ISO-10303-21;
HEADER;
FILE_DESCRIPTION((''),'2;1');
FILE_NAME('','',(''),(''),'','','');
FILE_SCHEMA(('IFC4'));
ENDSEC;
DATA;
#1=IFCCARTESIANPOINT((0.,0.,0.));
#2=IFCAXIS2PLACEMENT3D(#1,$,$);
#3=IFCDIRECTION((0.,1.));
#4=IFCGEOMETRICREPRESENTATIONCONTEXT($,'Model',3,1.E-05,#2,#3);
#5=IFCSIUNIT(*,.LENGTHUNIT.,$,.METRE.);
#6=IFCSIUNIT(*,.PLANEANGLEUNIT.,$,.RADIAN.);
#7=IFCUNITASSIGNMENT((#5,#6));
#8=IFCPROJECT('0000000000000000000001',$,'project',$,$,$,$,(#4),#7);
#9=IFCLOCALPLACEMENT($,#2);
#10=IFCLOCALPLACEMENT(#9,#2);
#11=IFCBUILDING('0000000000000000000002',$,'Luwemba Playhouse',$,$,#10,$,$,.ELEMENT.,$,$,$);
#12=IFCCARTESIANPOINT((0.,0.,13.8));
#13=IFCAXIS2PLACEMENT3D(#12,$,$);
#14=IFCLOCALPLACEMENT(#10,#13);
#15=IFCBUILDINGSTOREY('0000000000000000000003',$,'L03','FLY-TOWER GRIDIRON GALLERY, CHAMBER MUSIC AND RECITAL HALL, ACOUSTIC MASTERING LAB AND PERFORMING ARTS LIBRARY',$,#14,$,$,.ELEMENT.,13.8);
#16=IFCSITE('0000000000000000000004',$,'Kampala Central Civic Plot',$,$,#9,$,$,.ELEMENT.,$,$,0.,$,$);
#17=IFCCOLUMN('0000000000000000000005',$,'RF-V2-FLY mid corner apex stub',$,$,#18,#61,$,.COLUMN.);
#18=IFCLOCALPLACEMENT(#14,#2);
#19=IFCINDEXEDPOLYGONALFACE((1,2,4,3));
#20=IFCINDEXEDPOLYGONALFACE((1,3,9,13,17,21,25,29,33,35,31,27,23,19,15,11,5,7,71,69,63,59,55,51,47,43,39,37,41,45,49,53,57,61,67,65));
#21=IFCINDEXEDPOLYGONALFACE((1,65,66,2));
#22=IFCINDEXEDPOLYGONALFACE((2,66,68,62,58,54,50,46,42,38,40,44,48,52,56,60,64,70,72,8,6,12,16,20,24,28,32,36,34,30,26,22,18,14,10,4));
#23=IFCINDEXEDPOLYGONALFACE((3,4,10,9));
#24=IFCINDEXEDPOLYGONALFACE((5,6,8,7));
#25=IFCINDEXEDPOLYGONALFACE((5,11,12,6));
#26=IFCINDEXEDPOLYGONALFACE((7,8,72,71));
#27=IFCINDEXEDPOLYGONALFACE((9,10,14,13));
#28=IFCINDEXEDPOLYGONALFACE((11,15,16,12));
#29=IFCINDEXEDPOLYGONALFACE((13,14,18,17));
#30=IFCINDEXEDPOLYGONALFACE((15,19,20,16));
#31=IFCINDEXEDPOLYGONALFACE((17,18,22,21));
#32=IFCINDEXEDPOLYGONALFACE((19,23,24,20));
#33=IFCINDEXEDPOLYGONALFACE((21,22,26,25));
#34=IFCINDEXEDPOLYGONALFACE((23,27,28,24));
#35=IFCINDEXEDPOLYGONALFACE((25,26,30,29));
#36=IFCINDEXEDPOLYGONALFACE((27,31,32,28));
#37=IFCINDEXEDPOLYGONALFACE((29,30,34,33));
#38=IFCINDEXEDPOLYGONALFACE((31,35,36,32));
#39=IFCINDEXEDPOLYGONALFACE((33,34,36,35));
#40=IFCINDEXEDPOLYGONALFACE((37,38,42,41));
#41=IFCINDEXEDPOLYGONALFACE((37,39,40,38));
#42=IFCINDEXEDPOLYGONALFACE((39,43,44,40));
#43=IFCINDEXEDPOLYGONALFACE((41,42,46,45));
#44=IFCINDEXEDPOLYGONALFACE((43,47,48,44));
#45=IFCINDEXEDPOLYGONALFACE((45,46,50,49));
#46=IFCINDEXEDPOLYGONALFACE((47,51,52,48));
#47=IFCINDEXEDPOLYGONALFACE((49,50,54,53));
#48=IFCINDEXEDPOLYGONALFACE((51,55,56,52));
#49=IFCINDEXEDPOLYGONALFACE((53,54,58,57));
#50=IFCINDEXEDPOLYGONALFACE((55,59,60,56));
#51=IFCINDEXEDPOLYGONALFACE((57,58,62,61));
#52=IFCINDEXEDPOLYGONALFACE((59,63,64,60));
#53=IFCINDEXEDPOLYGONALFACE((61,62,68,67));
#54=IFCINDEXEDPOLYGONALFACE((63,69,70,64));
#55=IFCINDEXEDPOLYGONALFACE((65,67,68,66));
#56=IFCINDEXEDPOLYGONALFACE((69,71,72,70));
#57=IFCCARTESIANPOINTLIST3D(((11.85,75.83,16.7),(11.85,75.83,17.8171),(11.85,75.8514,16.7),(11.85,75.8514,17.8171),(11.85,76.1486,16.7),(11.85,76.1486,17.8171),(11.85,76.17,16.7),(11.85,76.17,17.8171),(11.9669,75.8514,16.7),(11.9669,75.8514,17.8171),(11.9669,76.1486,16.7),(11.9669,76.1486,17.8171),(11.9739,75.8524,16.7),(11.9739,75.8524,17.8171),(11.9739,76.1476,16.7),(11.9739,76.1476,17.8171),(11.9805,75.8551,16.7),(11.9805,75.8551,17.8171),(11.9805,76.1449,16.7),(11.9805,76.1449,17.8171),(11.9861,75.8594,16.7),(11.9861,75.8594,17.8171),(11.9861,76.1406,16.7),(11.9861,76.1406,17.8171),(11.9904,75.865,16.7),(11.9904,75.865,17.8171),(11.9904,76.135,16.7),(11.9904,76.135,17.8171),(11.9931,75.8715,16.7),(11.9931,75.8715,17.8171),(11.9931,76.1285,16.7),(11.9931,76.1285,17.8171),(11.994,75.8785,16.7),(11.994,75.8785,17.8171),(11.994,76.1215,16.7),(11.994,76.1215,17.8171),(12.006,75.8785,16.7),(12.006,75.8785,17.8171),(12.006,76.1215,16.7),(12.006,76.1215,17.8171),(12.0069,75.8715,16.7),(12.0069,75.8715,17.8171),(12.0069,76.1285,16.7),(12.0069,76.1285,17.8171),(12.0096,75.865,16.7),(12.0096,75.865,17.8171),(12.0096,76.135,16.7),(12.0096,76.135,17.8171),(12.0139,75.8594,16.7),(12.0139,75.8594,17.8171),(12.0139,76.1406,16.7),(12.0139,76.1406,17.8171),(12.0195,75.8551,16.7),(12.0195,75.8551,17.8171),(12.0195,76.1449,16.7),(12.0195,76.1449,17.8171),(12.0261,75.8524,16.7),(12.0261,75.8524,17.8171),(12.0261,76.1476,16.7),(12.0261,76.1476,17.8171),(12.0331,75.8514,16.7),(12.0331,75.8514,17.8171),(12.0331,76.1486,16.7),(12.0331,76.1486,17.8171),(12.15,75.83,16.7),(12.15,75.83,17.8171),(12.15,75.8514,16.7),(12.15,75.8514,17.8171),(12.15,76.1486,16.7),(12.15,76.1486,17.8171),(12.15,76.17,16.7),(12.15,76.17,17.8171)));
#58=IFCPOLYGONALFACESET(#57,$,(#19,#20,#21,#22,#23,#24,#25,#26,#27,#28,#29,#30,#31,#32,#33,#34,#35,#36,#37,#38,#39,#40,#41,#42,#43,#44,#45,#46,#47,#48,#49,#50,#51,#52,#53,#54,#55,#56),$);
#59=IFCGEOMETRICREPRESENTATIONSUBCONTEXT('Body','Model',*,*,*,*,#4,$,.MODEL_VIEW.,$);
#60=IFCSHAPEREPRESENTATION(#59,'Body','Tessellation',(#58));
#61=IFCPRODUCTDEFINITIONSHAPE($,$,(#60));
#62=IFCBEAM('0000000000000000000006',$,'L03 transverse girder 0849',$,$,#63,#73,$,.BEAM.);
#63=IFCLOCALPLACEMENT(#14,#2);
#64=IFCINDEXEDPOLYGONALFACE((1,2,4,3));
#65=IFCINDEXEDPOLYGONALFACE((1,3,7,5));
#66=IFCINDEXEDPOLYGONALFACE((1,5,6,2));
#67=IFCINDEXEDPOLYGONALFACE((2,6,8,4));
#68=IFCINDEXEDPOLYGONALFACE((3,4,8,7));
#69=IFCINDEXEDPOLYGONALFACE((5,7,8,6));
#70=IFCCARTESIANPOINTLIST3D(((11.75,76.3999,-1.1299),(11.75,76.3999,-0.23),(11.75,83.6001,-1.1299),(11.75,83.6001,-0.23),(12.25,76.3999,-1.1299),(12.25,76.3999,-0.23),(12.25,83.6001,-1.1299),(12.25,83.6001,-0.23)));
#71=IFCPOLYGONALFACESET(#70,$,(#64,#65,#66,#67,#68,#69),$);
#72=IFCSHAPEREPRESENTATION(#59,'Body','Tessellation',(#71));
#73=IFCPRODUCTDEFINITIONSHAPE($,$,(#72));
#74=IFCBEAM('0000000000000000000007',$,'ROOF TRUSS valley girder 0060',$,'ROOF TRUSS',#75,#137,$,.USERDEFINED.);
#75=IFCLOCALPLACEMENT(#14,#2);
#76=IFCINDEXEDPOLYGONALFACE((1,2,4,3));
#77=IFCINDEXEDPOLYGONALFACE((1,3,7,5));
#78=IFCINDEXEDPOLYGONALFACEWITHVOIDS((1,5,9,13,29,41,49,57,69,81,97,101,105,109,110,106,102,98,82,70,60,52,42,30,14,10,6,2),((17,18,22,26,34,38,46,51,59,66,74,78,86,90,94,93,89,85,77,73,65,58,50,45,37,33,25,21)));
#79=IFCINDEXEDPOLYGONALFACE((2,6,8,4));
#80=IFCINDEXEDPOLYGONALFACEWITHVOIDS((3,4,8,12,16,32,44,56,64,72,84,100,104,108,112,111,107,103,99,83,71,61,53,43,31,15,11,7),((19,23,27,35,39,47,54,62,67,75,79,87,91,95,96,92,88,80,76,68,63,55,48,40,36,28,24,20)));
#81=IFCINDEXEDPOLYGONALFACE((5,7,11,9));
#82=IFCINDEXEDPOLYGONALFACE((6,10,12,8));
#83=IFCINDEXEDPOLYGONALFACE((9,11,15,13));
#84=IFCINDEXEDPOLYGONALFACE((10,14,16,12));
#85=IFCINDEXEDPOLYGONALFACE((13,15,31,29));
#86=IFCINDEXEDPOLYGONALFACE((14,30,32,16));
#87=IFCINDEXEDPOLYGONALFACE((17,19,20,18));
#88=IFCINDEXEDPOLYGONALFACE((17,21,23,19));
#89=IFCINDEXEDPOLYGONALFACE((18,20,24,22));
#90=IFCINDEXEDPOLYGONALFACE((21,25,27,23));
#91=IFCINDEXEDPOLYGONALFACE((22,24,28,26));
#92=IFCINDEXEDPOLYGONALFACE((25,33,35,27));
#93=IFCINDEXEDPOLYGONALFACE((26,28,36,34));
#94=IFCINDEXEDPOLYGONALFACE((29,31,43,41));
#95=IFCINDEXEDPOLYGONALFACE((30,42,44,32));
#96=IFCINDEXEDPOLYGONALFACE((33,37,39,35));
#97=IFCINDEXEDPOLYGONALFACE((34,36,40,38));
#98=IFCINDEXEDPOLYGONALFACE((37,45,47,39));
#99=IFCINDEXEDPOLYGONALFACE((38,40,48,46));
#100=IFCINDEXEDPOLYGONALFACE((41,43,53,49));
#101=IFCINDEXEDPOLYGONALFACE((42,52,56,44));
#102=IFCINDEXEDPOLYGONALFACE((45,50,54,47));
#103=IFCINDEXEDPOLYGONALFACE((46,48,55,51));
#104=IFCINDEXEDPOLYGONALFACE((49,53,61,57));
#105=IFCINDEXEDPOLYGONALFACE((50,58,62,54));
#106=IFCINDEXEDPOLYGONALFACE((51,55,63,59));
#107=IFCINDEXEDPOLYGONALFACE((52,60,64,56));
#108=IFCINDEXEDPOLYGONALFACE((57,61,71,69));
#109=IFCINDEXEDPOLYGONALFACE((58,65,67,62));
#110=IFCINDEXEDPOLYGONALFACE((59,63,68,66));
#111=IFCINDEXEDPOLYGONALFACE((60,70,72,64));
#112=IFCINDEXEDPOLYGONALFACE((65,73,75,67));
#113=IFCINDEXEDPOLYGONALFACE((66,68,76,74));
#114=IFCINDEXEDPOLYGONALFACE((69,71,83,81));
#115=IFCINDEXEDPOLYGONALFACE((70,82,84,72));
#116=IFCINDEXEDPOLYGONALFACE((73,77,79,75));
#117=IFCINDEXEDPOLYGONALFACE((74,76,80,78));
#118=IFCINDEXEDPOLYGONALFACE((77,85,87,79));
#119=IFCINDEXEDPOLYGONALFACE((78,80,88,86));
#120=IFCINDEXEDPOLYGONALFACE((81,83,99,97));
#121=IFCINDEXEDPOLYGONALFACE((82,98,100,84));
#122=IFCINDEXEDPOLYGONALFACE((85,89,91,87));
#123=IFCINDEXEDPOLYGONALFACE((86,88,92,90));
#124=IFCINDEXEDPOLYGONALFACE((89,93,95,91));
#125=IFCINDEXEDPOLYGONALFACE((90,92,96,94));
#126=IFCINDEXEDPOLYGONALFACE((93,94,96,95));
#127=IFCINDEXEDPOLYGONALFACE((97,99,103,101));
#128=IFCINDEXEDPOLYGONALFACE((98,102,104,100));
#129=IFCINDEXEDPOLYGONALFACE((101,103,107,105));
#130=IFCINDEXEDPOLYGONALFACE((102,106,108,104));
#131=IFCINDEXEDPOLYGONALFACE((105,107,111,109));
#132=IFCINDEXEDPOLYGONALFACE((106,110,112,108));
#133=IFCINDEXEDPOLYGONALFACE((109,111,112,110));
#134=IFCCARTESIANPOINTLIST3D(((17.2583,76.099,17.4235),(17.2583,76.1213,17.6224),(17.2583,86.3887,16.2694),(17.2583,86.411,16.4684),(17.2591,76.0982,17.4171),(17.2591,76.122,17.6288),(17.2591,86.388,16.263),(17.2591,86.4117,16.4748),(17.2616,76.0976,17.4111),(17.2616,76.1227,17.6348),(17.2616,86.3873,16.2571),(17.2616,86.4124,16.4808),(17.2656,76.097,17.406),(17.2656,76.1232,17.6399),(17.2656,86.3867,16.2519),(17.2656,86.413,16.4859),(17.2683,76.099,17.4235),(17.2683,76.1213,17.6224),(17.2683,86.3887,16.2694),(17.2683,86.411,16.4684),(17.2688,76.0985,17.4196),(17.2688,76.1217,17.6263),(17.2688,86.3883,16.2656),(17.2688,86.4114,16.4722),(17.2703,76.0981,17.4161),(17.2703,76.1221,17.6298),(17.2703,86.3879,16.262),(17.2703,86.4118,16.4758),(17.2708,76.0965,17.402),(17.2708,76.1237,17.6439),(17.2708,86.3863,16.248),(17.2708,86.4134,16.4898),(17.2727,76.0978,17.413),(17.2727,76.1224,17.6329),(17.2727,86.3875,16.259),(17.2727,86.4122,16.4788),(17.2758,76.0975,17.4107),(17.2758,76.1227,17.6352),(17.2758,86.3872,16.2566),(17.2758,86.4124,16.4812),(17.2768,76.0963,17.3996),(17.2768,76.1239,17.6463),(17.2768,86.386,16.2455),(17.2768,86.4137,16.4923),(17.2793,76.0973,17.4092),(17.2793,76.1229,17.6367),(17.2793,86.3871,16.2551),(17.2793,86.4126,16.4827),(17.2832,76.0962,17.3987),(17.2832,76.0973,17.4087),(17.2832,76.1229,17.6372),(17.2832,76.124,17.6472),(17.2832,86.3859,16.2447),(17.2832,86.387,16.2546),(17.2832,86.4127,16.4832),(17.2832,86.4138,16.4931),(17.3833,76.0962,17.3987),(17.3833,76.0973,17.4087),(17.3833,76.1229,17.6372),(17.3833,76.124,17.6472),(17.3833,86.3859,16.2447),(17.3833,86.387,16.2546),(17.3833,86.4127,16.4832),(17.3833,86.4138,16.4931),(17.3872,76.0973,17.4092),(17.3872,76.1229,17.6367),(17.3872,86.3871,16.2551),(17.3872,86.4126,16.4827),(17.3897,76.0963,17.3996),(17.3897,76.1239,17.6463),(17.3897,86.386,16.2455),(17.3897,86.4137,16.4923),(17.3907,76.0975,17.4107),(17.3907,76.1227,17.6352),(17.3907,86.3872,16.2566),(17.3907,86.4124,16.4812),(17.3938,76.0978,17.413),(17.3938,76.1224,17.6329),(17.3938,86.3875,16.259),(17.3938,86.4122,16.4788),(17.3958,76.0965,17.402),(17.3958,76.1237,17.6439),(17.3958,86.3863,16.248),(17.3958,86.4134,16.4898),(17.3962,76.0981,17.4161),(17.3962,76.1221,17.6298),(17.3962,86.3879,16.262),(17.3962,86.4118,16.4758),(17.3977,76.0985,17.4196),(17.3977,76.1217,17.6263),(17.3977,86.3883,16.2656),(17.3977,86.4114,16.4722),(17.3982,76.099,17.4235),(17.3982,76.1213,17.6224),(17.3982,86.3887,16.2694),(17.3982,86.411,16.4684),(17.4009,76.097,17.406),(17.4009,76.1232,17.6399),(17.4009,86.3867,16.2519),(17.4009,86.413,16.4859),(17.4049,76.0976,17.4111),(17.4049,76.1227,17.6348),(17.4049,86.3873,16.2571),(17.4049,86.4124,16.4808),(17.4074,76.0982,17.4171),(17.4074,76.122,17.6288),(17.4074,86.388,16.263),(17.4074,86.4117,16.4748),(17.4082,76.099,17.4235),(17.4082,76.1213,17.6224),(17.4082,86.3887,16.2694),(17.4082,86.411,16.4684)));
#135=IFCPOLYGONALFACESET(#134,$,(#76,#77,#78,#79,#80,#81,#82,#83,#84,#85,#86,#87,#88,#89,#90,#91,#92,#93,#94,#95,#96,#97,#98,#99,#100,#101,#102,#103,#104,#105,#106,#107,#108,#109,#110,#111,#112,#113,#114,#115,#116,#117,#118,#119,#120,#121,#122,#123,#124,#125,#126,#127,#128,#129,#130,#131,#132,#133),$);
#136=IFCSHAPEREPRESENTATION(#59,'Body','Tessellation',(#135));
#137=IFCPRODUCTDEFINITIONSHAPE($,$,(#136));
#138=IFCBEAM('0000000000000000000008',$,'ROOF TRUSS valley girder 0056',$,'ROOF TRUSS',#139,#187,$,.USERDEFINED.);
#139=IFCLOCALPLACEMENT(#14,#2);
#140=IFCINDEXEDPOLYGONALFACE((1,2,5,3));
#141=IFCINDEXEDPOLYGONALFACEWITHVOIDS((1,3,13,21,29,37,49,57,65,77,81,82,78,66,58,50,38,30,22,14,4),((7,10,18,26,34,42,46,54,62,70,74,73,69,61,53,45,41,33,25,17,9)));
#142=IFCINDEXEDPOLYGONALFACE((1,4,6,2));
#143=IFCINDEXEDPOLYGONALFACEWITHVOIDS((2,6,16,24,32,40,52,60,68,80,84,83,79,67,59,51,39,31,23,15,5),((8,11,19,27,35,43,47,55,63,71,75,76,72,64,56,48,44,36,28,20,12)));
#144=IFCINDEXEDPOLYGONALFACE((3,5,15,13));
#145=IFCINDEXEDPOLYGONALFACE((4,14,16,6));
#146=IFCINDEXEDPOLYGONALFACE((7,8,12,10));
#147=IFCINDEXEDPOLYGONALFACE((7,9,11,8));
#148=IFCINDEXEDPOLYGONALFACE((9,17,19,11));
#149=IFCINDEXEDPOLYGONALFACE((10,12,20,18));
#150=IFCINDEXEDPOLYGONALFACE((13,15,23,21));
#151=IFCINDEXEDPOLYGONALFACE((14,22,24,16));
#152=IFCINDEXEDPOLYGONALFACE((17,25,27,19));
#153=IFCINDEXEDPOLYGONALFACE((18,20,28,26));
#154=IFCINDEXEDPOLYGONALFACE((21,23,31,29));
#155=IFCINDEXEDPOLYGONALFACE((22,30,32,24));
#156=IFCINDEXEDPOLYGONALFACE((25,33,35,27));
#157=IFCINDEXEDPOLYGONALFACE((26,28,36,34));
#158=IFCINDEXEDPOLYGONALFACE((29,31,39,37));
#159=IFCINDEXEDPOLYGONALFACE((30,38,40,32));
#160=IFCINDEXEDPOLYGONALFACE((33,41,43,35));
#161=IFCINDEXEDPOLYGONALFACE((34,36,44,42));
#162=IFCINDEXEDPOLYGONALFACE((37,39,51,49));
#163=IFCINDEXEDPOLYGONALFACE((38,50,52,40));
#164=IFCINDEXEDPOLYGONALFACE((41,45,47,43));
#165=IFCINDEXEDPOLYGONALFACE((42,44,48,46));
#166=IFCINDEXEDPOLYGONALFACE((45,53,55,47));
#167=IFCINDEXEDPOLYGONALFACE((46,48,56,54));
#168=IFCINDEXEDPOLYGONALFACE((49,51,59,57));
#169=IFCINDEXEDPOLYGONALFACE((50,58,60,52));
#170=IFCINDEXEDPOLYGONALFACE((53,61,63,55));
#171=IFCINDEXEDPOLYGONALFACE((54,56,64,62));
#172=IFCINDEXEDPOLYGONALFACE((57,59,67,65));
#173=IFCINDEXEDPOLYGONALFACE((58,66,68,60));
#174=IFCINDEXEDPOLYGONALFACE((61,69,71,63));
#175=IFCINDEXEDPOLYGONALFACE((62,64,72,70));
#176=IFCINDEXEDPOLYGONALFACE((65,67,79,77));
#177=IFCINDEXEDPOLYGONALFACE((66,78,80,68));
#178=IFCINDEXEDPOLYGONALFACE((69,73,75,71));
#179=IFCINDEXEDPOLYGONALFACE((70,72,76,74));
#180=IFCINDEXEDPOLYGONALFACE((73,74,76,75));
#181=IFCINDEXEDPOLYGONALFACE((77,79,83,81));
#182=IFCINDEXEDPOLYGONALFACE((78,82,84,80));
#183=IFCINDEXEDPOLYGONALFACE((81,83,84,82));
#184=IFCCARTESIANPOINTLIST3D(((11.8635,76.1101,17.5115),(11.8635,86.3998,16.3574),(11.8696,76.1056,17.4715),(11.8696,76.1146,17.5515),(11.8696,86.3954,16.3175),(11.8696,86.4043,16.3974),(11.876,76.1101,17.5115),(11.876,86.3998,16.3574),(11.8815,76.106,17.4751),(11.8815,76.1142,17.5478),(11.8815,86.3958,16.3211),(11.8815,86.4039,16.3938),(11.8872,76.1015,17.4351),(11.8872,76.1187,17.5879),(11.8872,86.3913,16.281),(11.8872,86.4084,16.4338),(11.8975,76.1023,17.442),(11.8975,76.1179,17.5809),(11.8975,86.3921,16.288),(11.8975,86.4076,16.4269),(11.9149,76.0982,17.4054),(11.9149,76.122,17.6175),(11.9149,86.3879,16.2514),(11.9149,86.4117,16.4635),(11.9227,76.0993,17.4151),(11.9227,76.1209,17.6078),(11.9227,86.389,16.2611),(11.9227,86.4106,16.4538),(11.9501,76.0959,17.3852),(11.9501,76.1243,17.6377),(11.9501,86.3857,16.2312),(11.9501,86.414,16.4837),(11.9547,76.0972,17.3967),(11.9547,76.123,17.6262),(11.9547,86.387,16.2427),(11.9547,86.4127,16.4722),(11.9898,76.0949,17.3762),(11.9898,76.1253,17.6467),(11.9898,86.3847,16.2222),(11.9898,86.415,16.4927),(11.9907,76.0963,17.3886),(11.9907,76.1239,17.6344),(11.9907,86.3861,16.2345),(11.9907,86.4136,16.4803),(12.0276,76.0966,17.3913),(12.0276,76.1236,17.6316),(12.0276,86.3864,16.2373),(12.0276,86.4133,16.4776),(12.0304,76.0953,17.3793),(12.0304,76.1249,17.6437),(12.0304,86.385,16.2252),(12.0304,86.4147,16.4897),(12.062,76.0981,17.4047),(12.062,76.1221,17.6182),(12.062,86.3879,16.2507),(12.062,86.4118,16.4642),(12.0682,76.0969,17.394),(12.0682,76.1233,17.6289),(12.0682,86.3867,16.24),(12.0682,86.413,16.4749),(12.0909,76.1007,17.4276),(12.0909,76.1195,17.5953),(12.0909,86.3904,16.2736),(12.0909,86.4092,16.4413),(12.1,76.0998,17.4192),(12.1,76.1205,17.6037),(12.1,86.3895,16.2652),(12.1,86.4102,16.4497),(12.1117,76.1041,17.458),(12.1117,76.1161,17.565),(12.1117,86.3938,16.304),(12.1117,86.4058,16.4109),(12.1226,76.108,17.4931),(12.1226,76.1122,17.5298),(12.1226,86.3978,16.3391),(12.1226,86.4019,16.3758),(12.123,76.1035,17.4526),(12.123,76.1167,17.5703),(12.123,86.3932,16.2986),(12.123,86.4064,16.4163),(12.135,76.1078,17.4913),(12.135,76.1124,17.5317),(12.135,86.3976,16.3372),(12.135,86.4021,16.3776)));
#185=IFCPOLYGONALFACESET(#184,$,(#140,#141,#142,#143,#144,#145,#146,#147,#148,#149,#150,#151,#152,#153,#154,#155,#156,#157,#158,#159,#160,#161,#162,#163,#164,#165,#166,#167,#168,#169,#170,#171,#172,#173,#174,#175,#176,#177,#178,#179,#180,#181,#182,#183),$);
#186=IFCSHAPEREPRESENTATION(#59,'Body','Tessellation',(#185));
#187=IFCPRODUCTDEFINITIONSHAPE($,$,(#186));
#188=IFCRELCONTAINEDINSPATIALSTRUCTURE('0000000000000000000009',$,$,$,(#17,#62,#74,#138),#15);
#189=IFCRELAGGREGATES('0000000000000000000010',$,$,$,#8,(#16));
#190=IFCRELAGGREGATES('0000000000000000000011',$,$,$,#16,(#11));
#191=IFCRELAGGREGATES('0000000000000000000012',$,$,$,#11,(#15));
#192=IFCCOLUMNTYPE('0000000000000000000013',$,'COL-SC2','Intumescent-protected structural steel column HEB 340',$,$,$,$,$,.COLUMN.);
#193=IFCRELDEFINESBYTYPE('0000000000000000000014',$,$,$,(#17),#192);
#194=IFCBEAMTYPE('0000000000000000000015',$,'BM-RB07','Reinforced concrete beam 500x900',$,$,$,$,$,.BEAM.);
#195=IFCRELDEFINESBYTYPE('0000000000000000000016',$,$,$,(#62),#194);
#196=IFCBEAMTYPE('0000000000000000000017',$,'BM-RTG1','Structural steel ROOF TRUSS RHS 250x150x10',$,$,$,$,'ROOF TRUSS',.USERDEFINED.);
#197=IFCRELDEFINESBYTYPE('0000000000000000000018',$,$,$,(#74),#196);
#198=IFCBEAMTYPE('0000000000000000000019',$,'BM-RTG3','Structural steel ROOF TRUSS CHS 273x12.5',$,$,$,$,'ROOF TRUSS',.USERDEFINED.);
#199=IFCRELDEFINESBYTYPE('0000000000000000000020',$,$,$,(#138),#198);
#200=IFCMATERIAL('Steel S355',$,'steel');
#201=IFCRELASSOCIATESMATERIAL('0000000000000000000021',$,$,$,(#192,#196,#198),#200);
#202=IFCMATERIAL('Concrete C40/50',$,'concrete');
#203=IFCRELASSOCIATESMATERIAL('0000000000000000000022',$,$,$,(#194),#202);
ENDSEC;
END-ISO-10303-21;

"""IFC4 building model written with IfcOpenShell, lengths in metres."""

from ifc_helpers import new_model, si_unit, direction, frame, origin, origin_2d, place, context, subcontext, project, spatial, rectangle, hollow_rectangle, hollow_circle, i_section, extrude, material, material_profile, profile_set, type_object, element, save


model = new_model("IFC4")

# Units and contexts
model_context = context("Model", 3, precision=1e-05, world=origin(), true_north=direction((0.0, 1.0)))
body_context = subcontext(model_context, "Body", "Model", "MODEL_VIEW")
ifc_project = project(units=[si_unit("LENGTHUNIT", "METRE"), si_unit("PLANEANGLEUNIT", "RADIAN")], contexts=[model_context])

# Site, building, storey
site_placement = place(None, origin())
site = spatial("IfcSite", under=ifc_project, at=site_placement, Name="Kampala Central Civic Plot", CompositionType="ELEMENT", RefElevation=0.0)
building_placement = place(site_placement, origin())
building = spatial("IfcBuilding", under=site, at=building_placement, Name="Luwemba Playhouse", CompositionType="ELEMENT")
storey_placement = place(building_placement, frame((0.0, 0.0, 13.8)))
storey = spatial("IfcBuildingStorey", under=building, at=storey_placement, Name="L03", Description="FLY-TOWER GRIDIRON GALLERY, CHAMBER MUSIC AND RECITAL HALL, ACOUSTIC MASTERING LAB AND PERFORMING ARTS LIBRARY", CompositionType="ELEMENT", Elevation=13.8)

# Column
ifc_material_1 = material(Name="Steel S355", Category="steel")
ifc_material_profile_1 = material_profile(ifc_material_1, i_section(OverallWidth=0.3, OverallDepth=0.3401, WebThickness=0.012, FlangeThickness=0.0215, FilletRadius=0.0271, at=origin_2d()))
ifc_profile_set_1 = profile_set([ifc_material_profile_1], Name="Steel S355")
column_type = type_object("IfcColumnType", Name="COL-SC2", Description="Intumescent-protected structural steel column HEB 340", PredefinedType="COLUMN", material=ifc_profile_set_1)
column_placement = place(storey_placement, frame((12.0, 76.0, 16.7), z_axis=(0.0, 0.0, 1.0), x_axis=(1.0, 0.0, 0.0)))
element("IfcColumn", 1, at=column_placement, inside=storey, type_object=column_type, Name="RF-V2-FLY mid corner apex stub", PredefinedType="COLUMN", context=body_context, shape_type="SweptSolid", body=[
    extrude(i_section(OverallWidth=0.3, OverallDepth=0.3401, WebThickness=0.012, FlangeThickness=0.0215, FilletRadius=0.0271, at=origin_2d()), origin(), (0.0, 0.0, 1.0), 1.1172),
])

# Beams
ifc_material_2 = material(Name="Concrete C40/50", Category="concrete")
ifc_material_profile_2 = material_profile(ifc_material_2, rectangle(XDim=0.5, YDim=0.8999, at=origin_2d()))
ifc_profile_set_2 = profile_set([ifc_material_profile_2], Name="Concrete C40/50")
beam_type_1 = type_object("IfcBeamType", Name="BM-RB07", Description="Reinforced concrete beam 500x900", PredefinedType="BEAM", material=ifc_profile_set_2)
beam_1_placement = place(storey_placement, frame((12.0, 76.3999, -0.6799), z_axis=(0.0, 1.0, 0.0), x_axis=(-1.0, 0.0, 0.0)))
element("IfcBeam", 2, at=beam_1_placement, inside=storey, type_object=beam_type_1, Name="L03 transverse girder 0849", PredefinedType="BEAM", context=body_context, shape_type="SweptSolid", body=[
    extrude(rectangle(XDim=0.5, YDim=0.8999, at=origin_2d()), origin(), (0.0, 0.0, 1.0), 7.2002),
])
ifc_material_profile_3 = material_profile(ifc_material_1, hollow_rectangle(XDim=0.1499, YDim=0.25, WallThickness=0.01, InnerFilletRadius=0.0149, OuterFilletRadius=0.0249, at=origin_2d()))
ifc_profile_set_3 = profile_set([ifc_material_profile_3], Name="Steel S355")
beam_type_2 = type_object("IfcBeamType", Name="BM-RTG1", Description="Structural steel ROOF TRUSS RHS 250x150x10", ElementType="ROOF TRUSS", PredefinedType="USERDEFINED", material=ifc_profile_set_3)
beam_2_placement = place(storey_placement, frame((17.3333, 76.1101, 17.5229), z_axis=(0.0, 0.993769, -0.111456), x_axis=(-1.0, 0.0, 0.0)))
element("IfcBeam", 3, at=beam_2_placement, inside=storey, type_object=beam_type_2, Name="ROOF TRUSS valley girder 0060", ObjectType="ROOF TRUSS", PredefinedType="USERDEFINED", context=body_context, shape_type="SweptSolid", body=[
    extrude(hollow_rectangle(XDim=0.1499, YDim=0.25, WallThickness=0.01, InnerFilletRadius=0.0149, OuterFilletRadius=0.0249, at=origin_2d()), origin(), (0.0, 0.0, 1.0), 10.3542),
])
ifc_material_profile_4 = material_profile(ifc_material_1, hollow_circle(Radius=0.1365, WallThickness=0.0125, at=origin_2d()))
ifc_profile_set_4 = profile_set([ifc_material_profile_4], Name="Steel S355")
beam_type_3 = type_object("IfcBeamType", Name="BM-RTG3", Description="Structural steel ROOF TRUSS CHS 273x12.5", ElementType="ROOF TRUSS", PredefinedType="USERDEFINED", material=ifc_profile_set_4)
for number, where, z_axis, x_axis, name in (
    (4, (12.0, 76.1101, 17.5115), (0.0, 0.993769, -0.111456), (-1.0, 0.0, 0.0), "ROOF TRUSS valley girder 0056"),
):
    element("IfcBeam", number, at=place(storey_placement, frame(where, z_axis=z_axis, x_axis=x_axis)), inside=storey, type_object=beam_type_3, Name=name, ObjectType="ROOF TRUSS", PredefinedType="USERDEFINED", context=body_context, shape_type="SweptSolid", body=[
        extrude(hollow_circle(Radius=0.1365, WallThickness=0.0125, at=origin_2d()), origin(), (0.0, 0.0, 1.0), 10.3542),
    ])

save(model, "model.ifc")
